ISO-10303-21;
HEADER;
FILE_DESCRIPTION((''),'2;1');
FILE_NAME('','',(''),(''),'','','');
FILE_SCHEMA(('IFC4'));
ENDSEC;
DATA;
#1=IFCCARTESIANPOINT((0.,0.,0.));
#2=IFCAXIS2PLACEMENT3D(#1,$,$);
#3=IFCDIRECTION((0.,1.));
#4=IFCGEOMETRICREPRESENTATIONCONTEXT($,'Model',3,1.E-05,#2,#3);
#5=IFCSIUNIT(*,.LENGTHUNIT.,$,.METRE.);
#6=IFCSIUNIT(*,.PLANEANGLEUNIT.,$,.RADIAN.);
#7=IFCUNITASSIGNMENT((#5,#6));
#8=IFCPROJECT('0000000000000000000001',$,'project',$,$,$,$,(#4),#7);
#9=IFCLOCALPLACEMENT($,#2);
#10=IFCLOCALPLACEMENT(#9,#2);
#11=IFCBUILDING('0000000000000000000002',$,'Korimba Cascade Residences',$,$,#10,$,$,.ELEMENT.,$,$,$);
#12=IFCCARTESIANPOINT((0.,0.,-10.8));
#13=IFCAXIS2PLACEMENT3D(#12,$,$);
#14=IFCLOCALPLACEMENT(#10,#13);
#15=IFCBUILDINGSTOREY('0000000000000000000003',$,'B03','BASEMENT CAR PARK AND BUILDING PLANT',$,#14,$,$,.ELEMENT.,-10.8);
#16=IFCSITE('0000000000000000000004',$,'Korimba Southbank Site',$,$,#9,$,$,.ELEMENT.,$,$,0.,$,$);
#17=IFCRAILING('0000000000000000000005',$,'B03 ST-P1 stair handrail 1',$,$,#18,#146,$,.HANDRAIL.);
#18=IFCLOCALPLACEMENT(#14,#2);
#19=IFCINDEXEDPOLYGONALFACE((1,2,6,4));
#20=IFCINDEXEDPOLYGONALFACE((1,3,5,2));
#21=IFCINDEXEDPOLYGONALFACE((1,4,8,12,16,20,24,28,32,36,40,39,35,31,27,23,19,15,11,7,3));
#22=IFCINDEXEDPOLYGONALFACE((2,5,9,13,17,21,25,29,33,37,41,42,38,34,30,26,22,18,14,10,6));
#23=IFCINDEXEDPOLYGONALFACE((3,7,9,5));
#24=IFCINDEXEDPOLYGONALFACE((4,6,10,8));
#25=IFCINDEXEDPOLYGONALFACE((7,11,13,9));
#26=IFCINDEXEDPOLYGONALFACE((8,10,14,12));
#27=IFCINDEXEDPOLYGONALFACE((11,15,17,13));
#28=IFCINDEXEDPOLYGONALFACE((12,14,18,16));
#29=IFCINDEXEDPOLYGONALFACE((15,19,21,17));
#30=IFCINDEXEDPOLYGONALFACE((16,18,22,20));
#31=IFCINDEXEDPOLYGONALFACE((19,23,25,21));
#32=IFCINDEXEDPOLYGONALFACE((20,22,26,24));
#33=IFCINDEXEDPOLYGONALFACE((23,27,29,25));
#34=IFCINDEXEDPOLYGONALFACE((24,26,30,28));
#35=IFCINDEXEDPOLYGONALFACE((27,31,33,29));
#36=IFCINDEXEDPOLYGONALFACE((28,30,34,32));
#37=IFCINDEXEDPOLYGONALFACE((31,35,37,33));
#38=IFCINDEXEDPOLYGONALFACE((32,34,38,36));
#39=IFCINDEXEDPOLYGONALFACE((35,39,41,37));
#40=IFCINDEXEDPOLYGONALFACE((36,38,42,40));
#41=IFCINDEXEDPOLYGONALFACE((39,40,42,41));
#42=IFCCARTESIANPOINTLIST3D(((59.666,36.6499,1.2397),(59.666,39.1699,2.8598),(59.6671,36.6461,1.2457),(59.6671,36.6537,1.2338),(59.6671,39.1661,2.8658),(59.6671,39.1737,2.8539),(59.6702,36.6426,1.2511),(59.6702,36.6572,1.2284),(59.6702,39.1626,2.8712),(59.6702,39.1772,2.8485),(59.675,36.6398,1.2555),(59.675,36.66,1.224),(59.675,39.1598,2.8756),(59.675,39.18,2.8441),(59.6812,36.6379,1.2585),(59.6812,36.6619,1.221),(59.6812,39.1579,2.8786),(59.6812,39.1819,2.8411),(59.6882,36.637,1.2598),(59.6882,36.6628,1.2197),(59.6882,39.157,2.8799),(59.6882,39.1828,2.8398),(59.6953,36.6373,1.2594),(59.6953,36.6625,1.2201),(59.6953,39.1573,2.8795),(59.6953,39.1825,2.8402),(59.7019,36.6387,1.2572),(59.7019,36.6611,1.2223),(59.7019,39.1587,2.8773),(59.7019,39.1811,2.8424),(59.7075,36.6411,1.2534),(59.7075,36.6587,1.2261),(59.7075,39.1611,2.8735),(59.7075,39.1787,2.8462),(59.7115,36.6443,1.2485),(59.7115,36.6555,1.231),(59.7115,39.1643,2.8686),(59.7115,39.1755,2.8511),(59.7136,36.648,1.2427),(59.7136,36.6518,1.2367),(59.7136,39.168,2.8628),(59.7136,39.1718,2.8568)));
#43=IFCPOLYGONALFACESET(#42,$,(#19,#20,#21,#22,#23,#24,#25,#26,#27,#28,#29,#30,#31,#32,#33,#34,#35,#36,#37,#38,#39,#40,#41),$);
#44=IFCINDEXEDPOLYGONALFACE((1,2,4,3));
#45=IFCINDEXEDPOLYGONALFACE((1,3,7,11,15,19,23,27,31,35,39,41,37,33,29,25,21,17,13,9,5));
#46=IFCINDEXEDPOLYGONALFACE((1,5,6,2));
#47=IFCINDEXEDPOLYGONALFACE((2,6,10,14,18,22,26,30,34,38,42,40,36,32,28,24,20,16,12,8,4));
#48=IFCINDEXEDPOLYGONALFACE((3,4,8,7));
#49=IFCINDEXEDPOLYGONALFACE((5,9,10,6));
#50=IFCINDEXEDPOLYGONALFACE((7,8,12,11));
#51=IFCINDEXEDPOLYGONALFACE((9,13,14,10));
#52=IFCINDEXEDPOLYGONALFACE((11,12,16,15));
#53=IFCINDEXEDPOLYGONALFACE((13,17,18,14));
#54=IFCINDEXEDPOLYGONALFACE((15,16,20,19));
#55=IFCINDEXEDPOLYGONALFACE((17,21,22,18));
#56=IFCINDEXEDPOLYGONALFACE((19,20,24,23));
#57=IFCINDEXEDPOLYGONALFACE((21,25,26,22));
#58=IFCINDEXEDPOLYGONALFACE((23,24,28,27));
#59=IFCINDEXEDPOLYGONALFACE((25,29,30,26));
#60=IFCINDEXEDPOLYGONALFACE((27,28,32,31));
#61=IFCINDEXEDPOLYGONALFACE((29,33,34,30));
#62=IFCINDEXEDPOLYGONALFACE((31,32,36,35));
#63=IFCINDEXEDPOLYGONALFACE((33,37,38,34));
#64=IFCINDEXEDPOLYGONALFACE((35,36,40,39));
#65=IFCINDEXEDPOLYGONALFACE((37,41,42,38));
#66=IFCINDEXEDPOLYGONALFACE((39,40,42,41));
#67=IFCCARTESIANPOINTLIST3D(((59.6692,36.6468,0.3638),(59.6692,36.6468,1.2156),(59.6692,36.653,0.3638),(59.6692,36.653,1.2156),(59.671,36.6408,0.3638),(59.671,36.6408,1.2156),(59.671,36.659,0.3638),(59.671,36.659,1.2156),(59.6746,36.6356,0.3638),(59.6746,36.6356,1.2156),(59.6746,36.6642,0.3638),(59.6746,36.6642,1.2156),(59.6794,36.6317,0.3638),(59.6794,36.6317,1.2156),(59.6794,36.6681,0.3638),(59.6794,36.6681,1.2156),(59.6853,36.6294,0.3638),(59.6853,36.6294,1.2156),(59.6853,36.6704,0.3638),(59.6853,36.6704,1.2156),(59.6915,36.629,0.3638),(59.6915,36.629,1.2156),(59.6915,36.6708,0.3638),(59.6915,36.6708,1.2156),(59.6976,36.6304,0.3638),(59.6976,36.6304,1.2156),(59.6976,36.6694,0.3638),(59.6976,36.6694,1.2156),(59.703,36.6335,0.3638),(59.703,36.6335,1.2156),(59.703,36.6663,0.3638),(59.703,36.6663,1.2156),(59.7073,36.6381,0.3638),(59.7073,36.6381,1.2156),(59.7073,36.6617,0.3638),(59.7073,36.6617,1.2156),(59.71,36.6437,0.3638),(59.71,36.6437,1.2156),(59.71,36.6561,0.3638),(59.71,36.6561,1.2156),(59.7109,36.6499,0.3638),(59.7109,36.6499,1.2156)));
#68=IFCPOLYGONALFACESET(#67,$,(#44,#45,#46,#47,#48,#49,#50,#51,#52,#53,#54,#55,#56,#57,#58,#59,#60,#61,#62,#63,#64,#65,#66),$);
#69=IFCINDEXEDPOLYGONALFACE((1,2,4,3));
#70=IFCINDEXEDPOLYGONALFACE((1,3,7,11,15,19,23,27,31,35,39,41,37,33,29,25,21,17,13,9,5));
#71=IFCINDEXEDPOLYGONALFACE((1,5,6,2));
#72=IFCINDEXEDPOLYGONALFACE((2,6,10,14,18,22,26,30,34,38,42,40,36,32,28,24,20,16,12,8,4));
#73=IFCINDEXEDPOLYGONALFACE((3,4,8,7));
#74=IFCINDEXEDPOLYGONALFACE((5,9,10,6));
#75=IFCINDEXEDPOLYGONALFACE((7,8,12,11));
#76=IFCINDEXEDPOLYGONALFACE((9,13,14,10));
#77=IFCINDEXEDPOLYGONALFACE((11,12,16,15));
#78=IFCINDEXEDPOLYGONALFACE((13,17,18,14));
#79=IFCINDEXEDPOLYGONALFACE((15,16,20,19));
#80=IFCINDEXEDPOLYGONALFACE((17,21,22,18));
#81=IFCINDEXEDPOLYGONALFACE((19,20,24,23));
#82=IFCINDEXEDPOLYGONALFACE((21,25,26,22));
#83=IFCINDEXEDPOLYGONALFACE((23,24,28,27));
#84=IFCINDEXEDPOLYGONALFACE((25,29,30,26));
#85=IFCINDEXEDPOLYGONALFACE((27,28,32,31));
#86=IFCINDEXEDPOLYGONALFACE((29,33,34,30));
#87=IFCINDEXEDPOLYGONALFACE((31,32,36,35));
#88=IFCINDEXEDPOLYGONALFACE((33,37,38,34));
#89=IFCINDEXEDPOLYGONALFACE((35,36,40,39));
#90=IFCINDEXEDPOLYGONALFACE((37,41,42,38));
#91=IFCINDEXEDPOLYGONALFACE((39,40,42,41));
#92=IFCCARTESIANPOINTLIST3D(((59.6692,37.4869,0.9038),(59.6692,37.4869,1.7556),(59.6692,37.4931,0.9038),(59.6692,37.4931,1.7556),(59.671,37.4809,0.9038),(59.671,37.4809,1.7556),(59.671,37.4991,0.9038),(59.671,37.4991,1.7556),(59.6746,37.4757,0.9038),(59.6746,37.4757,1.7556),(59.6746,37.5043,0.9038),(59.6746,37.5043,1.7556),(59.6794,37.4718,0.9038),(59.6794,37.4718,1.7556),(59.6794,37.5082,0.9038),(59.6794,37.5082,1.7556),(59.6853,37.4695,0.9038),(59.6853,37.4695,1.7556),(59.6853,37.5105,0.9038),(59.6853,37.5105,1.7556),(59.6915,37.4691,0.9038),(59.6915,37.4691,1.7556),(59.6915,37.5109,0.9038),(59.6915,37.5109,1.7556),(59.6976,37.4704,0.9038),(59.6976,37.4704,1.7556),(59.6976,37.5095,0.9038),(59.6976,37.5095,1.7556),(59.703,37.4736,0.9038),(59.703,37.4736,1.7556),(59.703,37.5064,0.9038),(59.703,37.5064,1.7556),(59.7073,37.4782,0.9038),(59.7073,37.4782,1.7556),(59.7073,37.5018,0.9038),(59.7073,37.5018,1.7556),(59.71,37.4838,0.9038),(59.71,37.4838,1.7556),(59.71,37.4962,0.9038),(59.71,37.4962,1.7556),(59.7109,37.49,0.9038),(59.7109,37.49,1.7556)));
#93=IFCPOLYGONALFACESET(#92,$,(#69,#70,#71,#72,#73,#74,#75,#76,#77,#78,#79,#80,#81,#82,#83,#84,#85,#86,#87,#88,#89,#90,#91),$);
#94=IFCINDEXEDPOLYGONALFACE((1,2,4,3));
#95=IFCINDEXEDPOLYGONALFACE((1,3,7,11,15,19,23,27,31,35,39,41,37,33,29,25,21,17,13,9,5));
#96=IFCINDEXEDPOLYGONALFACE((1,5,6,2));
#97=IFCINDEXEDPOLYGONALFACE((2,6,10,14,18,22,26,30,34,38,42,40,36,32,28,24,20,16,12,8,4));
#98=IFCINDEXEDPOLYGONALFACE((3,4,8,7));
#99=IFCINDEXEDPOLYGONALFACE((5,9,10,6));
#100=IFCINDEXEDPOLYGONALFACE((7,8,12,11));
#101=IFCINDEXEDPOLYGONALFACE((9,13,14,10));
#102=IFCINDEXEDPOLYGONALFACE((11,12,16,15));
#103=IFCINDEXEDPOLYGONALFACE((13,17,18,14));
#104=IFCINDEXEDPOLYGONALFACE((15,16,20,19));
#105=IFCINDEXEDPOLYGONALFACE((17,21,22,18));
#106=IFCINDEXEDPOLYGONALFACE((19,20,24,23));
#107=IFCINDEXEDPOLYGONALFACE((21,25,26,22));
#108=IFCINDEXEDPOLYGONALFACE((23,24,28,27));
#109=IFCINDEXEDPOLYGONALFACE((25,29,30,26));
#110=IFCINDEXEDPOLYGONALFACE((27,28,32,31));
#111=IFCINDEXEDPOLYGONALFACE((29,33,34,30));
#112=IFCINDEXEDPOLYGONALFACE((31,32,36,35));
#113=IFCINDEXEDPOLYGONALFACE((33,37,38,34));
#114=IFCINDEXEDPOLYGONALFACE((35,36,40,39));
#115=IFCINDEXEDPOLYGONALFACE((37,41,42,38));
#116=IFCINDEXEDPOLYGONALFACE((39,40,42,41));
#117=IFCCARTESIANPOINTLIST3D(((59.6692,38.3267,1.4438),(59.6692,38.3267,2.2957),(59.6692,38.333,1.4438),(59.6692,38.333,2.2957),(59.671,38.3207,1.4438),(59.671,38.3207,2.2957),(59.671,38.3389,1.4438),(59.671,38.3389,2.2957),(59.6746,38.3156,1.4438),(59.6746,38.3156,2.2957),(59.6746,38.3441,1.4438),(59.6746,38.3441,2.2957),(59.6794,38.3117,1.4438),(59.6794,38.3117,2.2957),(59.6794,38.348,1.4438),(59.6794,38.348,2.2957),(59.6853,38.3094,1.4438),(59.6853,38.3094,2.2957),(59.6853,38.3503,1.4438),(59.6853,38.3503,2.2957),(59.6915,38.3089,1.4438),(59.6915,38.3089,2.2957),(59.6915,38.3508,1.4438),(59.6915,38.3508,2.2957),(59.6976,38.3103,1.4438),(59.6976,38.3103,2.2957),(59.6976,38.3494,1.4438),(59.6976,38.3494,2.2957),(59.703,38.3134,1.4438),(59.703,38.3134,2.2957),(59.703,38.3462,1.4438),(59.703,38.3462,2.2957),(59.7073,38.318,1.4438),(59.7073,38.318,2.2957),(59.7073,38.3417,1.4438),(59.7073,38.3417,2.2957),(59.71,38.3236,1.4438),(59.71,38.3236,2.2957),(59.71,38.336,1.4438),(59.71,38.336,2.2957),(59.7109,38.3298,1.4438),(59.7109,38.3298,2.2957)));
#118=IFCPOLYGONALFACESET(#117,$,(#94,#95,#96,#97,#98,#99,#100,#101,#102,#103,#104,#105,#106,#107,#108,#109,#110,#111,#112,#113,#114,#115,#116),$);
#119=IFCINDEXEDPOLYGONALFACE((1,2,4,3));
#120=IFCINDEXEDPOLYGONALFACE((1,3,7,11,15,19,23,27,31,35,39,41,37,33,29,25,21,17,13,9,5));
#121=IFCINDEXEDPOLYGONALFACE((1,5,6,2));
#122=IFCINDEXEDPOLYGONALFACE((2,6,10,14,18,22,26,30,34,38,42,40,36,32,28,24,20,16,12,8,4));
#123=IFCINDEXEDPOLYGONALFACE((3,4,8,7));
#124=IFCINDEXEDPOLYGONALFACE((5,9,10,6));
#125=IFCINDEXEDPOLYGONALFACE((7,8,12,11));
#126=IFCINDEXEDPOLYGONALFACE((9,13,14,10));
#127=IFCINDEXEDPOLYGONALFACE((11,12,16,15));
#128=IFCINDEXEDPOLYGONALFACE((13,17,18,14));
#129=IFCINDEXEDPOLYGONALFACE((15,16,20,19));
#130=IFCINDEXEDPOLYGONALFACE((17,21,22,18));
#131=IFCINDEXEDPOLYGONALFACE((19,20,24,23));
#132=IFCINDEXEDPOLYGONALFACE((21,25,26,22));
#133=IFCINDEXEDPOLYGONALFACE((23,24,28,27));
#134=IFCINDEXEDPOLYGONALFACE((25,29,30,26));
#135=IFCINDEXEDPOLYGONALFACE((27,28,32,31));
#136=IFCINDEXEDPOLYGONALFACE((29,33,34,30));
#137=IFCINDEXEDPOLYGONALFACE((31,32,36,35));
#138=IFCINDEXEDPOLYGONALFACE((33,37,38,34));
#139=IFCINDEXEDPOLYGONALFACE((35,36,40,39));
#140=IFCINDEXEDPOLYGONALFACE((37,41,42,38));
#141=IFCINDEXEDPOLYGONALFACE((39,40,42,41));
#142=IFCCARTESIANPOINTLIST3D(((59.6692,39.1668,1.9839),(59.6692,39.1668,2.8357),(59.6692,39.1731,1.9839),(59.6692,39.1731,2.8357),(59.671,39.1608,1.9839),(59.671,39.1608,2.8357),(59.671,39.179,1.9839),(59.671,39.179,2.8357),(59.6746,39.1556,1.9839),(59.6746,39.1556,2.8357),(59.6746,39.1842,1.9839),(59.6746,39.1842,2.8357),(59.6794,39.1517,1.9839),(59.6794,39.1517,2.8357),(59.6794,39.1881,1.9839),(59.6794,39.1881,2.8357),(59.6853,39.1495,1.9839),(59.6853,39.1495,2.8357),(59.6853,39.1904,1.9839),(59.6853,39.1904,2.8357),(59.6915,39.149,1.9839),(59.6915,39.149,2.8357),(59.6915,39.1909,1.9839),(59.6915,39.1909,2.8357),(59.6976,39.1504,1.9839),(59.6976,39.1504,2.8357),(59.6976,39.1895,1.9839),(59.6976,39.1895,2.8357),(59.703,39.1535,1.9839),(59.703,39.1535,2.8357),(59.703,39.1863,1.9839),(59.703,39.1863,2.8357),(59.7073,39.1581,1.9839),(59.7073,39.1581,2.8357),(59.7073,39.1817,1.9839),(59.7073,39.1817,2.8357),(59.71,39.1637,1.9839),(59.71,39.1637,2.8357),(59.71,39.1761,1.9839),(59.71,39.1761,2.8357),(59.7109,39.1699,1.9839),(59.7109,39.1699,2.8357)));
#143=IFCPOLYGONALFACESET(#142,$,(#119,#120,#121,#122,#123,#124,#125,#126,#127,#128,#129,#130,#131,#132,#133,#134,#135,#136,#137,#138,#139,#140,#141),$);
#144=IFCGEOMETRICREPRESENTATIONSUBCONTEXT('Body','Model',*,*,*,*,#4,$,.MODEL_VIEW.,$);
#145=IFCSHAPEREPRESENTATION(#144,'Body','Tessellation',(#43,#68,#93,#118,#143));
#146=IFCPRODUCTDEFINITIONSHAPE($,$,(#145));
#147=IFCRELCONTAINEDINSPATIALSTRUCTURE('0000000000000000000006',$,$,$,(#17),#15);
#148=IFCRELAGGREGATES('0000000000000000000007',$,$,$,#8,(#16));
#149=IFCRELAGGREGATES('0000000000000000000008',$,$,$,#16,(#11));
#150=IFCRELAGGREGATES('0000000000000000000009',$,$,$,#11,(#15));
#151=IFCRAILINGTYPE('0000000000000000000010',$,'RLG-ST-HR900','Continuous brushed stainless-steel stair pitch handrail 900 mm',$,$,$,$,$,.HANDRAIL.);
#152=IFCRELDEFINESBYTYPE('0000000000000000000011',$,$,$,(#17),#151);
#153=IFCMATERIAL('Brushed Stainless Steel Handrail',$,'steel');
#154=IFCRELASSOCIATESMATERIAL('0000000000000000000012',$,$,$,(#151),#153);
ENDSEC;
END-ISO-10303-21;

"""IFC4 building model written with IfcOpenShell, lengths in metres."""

from ifc_helpers import new_model, si_unit, direction, frame, origin, origin_2d, place, context, subcontext, project, spatial, circle, extrude, material, type_object, element, save


model = new_model("IFC4")

# Units and contexts
model_context = context("Model", 3, precision=1e-05, world=origin(), true_north=direction((0.0, 1.0)))
body_context = subcontext(model_context, "Body", "Model", "MODEL_VIEW")
ifc_project = project(units=[si_unit("LENGTHUNIT", "METRE"), si_unit("PLANEANGLEUNIT", "RADIAN")], contexts=[model_context])

# Site, building, storey
site_placement = place(None, origin())
site = spatial("IfcSite", under=ifc_project, at=site_placement, Name="Korimba Southbank Site", CompositionType="ELEMENT", RefElevation=0.0)
building_placement = place(site_placement, origin())
building = spatial("IfcBuilding", under=site, at=building_placement, Name="Korimba Cascade Residences", CompositionType="ELEMENT")
storey_placement = place(building_placement, frame((0.0, 0.0, -10.8)))
storey = spatial("IfcBuildingStorey", under=building, at=storey_placement, Name="B03", Description="BASEMENT CAR PARK AND BUILDING PLANT", CompositionType="ELEMENT", Elevation=-10.8)

# Railing
ifc_material_1 = material(Name="Brushed Stainless Steel Handrail", Category="steel")
railing_type_1 = type_object("IfcRailingType", Name="RLG-ST-HR900", Description="Continuous brushed stainless-steel stair pitch handrail 900 mm", PredefinedType="HANDRAIL", material=ifc_material_1)
railing_1_placement = place(storey_placement, frame((59.6899, 36.6499, 0.3638)))
element("IfcRailing", 1, at=railing_1_placement, inside=storey, type_object=railing_type_1, Name="B03 ST-P1 stair handrail 1", PredefinedType="HANDRAIL", context=body_context, shape_type="SweptSolid", body=[
    extrude(circle(Radius=0.0239, at=origin_2d()), frame((0.0, 0.0, 0.876), z_axis=(0.0, 0.841163, 0.540782), x_axis=(-1.0, 0.0, 0.0)), (0.0, 0.0, 1.0), 2.9958),
    extrude(circle(Radius=0.021, at=origin_2d()), origin(), (0.0, 0.0, 1.0), 0.8518),
    extrude(circle(Radius=0.021, at=origin_2d()), frame((0.0, 0.8401, 0.54)), (0.0, 0.0, 1.0), 0.8518),
    extrude(circle(Radius=0.021, at=origin_2d()), frame((0.0, 1.6799, 1.0801)), (0.0, 0.0, 1.0), 0.8518),
    extrude(circle(Radius=0.021, at=origin_2d()), frame((0.0, 2.52, 1.6201)), (0.0, 0.0, 1.0), 0.8518),
])

save(model, "model.ifc")
